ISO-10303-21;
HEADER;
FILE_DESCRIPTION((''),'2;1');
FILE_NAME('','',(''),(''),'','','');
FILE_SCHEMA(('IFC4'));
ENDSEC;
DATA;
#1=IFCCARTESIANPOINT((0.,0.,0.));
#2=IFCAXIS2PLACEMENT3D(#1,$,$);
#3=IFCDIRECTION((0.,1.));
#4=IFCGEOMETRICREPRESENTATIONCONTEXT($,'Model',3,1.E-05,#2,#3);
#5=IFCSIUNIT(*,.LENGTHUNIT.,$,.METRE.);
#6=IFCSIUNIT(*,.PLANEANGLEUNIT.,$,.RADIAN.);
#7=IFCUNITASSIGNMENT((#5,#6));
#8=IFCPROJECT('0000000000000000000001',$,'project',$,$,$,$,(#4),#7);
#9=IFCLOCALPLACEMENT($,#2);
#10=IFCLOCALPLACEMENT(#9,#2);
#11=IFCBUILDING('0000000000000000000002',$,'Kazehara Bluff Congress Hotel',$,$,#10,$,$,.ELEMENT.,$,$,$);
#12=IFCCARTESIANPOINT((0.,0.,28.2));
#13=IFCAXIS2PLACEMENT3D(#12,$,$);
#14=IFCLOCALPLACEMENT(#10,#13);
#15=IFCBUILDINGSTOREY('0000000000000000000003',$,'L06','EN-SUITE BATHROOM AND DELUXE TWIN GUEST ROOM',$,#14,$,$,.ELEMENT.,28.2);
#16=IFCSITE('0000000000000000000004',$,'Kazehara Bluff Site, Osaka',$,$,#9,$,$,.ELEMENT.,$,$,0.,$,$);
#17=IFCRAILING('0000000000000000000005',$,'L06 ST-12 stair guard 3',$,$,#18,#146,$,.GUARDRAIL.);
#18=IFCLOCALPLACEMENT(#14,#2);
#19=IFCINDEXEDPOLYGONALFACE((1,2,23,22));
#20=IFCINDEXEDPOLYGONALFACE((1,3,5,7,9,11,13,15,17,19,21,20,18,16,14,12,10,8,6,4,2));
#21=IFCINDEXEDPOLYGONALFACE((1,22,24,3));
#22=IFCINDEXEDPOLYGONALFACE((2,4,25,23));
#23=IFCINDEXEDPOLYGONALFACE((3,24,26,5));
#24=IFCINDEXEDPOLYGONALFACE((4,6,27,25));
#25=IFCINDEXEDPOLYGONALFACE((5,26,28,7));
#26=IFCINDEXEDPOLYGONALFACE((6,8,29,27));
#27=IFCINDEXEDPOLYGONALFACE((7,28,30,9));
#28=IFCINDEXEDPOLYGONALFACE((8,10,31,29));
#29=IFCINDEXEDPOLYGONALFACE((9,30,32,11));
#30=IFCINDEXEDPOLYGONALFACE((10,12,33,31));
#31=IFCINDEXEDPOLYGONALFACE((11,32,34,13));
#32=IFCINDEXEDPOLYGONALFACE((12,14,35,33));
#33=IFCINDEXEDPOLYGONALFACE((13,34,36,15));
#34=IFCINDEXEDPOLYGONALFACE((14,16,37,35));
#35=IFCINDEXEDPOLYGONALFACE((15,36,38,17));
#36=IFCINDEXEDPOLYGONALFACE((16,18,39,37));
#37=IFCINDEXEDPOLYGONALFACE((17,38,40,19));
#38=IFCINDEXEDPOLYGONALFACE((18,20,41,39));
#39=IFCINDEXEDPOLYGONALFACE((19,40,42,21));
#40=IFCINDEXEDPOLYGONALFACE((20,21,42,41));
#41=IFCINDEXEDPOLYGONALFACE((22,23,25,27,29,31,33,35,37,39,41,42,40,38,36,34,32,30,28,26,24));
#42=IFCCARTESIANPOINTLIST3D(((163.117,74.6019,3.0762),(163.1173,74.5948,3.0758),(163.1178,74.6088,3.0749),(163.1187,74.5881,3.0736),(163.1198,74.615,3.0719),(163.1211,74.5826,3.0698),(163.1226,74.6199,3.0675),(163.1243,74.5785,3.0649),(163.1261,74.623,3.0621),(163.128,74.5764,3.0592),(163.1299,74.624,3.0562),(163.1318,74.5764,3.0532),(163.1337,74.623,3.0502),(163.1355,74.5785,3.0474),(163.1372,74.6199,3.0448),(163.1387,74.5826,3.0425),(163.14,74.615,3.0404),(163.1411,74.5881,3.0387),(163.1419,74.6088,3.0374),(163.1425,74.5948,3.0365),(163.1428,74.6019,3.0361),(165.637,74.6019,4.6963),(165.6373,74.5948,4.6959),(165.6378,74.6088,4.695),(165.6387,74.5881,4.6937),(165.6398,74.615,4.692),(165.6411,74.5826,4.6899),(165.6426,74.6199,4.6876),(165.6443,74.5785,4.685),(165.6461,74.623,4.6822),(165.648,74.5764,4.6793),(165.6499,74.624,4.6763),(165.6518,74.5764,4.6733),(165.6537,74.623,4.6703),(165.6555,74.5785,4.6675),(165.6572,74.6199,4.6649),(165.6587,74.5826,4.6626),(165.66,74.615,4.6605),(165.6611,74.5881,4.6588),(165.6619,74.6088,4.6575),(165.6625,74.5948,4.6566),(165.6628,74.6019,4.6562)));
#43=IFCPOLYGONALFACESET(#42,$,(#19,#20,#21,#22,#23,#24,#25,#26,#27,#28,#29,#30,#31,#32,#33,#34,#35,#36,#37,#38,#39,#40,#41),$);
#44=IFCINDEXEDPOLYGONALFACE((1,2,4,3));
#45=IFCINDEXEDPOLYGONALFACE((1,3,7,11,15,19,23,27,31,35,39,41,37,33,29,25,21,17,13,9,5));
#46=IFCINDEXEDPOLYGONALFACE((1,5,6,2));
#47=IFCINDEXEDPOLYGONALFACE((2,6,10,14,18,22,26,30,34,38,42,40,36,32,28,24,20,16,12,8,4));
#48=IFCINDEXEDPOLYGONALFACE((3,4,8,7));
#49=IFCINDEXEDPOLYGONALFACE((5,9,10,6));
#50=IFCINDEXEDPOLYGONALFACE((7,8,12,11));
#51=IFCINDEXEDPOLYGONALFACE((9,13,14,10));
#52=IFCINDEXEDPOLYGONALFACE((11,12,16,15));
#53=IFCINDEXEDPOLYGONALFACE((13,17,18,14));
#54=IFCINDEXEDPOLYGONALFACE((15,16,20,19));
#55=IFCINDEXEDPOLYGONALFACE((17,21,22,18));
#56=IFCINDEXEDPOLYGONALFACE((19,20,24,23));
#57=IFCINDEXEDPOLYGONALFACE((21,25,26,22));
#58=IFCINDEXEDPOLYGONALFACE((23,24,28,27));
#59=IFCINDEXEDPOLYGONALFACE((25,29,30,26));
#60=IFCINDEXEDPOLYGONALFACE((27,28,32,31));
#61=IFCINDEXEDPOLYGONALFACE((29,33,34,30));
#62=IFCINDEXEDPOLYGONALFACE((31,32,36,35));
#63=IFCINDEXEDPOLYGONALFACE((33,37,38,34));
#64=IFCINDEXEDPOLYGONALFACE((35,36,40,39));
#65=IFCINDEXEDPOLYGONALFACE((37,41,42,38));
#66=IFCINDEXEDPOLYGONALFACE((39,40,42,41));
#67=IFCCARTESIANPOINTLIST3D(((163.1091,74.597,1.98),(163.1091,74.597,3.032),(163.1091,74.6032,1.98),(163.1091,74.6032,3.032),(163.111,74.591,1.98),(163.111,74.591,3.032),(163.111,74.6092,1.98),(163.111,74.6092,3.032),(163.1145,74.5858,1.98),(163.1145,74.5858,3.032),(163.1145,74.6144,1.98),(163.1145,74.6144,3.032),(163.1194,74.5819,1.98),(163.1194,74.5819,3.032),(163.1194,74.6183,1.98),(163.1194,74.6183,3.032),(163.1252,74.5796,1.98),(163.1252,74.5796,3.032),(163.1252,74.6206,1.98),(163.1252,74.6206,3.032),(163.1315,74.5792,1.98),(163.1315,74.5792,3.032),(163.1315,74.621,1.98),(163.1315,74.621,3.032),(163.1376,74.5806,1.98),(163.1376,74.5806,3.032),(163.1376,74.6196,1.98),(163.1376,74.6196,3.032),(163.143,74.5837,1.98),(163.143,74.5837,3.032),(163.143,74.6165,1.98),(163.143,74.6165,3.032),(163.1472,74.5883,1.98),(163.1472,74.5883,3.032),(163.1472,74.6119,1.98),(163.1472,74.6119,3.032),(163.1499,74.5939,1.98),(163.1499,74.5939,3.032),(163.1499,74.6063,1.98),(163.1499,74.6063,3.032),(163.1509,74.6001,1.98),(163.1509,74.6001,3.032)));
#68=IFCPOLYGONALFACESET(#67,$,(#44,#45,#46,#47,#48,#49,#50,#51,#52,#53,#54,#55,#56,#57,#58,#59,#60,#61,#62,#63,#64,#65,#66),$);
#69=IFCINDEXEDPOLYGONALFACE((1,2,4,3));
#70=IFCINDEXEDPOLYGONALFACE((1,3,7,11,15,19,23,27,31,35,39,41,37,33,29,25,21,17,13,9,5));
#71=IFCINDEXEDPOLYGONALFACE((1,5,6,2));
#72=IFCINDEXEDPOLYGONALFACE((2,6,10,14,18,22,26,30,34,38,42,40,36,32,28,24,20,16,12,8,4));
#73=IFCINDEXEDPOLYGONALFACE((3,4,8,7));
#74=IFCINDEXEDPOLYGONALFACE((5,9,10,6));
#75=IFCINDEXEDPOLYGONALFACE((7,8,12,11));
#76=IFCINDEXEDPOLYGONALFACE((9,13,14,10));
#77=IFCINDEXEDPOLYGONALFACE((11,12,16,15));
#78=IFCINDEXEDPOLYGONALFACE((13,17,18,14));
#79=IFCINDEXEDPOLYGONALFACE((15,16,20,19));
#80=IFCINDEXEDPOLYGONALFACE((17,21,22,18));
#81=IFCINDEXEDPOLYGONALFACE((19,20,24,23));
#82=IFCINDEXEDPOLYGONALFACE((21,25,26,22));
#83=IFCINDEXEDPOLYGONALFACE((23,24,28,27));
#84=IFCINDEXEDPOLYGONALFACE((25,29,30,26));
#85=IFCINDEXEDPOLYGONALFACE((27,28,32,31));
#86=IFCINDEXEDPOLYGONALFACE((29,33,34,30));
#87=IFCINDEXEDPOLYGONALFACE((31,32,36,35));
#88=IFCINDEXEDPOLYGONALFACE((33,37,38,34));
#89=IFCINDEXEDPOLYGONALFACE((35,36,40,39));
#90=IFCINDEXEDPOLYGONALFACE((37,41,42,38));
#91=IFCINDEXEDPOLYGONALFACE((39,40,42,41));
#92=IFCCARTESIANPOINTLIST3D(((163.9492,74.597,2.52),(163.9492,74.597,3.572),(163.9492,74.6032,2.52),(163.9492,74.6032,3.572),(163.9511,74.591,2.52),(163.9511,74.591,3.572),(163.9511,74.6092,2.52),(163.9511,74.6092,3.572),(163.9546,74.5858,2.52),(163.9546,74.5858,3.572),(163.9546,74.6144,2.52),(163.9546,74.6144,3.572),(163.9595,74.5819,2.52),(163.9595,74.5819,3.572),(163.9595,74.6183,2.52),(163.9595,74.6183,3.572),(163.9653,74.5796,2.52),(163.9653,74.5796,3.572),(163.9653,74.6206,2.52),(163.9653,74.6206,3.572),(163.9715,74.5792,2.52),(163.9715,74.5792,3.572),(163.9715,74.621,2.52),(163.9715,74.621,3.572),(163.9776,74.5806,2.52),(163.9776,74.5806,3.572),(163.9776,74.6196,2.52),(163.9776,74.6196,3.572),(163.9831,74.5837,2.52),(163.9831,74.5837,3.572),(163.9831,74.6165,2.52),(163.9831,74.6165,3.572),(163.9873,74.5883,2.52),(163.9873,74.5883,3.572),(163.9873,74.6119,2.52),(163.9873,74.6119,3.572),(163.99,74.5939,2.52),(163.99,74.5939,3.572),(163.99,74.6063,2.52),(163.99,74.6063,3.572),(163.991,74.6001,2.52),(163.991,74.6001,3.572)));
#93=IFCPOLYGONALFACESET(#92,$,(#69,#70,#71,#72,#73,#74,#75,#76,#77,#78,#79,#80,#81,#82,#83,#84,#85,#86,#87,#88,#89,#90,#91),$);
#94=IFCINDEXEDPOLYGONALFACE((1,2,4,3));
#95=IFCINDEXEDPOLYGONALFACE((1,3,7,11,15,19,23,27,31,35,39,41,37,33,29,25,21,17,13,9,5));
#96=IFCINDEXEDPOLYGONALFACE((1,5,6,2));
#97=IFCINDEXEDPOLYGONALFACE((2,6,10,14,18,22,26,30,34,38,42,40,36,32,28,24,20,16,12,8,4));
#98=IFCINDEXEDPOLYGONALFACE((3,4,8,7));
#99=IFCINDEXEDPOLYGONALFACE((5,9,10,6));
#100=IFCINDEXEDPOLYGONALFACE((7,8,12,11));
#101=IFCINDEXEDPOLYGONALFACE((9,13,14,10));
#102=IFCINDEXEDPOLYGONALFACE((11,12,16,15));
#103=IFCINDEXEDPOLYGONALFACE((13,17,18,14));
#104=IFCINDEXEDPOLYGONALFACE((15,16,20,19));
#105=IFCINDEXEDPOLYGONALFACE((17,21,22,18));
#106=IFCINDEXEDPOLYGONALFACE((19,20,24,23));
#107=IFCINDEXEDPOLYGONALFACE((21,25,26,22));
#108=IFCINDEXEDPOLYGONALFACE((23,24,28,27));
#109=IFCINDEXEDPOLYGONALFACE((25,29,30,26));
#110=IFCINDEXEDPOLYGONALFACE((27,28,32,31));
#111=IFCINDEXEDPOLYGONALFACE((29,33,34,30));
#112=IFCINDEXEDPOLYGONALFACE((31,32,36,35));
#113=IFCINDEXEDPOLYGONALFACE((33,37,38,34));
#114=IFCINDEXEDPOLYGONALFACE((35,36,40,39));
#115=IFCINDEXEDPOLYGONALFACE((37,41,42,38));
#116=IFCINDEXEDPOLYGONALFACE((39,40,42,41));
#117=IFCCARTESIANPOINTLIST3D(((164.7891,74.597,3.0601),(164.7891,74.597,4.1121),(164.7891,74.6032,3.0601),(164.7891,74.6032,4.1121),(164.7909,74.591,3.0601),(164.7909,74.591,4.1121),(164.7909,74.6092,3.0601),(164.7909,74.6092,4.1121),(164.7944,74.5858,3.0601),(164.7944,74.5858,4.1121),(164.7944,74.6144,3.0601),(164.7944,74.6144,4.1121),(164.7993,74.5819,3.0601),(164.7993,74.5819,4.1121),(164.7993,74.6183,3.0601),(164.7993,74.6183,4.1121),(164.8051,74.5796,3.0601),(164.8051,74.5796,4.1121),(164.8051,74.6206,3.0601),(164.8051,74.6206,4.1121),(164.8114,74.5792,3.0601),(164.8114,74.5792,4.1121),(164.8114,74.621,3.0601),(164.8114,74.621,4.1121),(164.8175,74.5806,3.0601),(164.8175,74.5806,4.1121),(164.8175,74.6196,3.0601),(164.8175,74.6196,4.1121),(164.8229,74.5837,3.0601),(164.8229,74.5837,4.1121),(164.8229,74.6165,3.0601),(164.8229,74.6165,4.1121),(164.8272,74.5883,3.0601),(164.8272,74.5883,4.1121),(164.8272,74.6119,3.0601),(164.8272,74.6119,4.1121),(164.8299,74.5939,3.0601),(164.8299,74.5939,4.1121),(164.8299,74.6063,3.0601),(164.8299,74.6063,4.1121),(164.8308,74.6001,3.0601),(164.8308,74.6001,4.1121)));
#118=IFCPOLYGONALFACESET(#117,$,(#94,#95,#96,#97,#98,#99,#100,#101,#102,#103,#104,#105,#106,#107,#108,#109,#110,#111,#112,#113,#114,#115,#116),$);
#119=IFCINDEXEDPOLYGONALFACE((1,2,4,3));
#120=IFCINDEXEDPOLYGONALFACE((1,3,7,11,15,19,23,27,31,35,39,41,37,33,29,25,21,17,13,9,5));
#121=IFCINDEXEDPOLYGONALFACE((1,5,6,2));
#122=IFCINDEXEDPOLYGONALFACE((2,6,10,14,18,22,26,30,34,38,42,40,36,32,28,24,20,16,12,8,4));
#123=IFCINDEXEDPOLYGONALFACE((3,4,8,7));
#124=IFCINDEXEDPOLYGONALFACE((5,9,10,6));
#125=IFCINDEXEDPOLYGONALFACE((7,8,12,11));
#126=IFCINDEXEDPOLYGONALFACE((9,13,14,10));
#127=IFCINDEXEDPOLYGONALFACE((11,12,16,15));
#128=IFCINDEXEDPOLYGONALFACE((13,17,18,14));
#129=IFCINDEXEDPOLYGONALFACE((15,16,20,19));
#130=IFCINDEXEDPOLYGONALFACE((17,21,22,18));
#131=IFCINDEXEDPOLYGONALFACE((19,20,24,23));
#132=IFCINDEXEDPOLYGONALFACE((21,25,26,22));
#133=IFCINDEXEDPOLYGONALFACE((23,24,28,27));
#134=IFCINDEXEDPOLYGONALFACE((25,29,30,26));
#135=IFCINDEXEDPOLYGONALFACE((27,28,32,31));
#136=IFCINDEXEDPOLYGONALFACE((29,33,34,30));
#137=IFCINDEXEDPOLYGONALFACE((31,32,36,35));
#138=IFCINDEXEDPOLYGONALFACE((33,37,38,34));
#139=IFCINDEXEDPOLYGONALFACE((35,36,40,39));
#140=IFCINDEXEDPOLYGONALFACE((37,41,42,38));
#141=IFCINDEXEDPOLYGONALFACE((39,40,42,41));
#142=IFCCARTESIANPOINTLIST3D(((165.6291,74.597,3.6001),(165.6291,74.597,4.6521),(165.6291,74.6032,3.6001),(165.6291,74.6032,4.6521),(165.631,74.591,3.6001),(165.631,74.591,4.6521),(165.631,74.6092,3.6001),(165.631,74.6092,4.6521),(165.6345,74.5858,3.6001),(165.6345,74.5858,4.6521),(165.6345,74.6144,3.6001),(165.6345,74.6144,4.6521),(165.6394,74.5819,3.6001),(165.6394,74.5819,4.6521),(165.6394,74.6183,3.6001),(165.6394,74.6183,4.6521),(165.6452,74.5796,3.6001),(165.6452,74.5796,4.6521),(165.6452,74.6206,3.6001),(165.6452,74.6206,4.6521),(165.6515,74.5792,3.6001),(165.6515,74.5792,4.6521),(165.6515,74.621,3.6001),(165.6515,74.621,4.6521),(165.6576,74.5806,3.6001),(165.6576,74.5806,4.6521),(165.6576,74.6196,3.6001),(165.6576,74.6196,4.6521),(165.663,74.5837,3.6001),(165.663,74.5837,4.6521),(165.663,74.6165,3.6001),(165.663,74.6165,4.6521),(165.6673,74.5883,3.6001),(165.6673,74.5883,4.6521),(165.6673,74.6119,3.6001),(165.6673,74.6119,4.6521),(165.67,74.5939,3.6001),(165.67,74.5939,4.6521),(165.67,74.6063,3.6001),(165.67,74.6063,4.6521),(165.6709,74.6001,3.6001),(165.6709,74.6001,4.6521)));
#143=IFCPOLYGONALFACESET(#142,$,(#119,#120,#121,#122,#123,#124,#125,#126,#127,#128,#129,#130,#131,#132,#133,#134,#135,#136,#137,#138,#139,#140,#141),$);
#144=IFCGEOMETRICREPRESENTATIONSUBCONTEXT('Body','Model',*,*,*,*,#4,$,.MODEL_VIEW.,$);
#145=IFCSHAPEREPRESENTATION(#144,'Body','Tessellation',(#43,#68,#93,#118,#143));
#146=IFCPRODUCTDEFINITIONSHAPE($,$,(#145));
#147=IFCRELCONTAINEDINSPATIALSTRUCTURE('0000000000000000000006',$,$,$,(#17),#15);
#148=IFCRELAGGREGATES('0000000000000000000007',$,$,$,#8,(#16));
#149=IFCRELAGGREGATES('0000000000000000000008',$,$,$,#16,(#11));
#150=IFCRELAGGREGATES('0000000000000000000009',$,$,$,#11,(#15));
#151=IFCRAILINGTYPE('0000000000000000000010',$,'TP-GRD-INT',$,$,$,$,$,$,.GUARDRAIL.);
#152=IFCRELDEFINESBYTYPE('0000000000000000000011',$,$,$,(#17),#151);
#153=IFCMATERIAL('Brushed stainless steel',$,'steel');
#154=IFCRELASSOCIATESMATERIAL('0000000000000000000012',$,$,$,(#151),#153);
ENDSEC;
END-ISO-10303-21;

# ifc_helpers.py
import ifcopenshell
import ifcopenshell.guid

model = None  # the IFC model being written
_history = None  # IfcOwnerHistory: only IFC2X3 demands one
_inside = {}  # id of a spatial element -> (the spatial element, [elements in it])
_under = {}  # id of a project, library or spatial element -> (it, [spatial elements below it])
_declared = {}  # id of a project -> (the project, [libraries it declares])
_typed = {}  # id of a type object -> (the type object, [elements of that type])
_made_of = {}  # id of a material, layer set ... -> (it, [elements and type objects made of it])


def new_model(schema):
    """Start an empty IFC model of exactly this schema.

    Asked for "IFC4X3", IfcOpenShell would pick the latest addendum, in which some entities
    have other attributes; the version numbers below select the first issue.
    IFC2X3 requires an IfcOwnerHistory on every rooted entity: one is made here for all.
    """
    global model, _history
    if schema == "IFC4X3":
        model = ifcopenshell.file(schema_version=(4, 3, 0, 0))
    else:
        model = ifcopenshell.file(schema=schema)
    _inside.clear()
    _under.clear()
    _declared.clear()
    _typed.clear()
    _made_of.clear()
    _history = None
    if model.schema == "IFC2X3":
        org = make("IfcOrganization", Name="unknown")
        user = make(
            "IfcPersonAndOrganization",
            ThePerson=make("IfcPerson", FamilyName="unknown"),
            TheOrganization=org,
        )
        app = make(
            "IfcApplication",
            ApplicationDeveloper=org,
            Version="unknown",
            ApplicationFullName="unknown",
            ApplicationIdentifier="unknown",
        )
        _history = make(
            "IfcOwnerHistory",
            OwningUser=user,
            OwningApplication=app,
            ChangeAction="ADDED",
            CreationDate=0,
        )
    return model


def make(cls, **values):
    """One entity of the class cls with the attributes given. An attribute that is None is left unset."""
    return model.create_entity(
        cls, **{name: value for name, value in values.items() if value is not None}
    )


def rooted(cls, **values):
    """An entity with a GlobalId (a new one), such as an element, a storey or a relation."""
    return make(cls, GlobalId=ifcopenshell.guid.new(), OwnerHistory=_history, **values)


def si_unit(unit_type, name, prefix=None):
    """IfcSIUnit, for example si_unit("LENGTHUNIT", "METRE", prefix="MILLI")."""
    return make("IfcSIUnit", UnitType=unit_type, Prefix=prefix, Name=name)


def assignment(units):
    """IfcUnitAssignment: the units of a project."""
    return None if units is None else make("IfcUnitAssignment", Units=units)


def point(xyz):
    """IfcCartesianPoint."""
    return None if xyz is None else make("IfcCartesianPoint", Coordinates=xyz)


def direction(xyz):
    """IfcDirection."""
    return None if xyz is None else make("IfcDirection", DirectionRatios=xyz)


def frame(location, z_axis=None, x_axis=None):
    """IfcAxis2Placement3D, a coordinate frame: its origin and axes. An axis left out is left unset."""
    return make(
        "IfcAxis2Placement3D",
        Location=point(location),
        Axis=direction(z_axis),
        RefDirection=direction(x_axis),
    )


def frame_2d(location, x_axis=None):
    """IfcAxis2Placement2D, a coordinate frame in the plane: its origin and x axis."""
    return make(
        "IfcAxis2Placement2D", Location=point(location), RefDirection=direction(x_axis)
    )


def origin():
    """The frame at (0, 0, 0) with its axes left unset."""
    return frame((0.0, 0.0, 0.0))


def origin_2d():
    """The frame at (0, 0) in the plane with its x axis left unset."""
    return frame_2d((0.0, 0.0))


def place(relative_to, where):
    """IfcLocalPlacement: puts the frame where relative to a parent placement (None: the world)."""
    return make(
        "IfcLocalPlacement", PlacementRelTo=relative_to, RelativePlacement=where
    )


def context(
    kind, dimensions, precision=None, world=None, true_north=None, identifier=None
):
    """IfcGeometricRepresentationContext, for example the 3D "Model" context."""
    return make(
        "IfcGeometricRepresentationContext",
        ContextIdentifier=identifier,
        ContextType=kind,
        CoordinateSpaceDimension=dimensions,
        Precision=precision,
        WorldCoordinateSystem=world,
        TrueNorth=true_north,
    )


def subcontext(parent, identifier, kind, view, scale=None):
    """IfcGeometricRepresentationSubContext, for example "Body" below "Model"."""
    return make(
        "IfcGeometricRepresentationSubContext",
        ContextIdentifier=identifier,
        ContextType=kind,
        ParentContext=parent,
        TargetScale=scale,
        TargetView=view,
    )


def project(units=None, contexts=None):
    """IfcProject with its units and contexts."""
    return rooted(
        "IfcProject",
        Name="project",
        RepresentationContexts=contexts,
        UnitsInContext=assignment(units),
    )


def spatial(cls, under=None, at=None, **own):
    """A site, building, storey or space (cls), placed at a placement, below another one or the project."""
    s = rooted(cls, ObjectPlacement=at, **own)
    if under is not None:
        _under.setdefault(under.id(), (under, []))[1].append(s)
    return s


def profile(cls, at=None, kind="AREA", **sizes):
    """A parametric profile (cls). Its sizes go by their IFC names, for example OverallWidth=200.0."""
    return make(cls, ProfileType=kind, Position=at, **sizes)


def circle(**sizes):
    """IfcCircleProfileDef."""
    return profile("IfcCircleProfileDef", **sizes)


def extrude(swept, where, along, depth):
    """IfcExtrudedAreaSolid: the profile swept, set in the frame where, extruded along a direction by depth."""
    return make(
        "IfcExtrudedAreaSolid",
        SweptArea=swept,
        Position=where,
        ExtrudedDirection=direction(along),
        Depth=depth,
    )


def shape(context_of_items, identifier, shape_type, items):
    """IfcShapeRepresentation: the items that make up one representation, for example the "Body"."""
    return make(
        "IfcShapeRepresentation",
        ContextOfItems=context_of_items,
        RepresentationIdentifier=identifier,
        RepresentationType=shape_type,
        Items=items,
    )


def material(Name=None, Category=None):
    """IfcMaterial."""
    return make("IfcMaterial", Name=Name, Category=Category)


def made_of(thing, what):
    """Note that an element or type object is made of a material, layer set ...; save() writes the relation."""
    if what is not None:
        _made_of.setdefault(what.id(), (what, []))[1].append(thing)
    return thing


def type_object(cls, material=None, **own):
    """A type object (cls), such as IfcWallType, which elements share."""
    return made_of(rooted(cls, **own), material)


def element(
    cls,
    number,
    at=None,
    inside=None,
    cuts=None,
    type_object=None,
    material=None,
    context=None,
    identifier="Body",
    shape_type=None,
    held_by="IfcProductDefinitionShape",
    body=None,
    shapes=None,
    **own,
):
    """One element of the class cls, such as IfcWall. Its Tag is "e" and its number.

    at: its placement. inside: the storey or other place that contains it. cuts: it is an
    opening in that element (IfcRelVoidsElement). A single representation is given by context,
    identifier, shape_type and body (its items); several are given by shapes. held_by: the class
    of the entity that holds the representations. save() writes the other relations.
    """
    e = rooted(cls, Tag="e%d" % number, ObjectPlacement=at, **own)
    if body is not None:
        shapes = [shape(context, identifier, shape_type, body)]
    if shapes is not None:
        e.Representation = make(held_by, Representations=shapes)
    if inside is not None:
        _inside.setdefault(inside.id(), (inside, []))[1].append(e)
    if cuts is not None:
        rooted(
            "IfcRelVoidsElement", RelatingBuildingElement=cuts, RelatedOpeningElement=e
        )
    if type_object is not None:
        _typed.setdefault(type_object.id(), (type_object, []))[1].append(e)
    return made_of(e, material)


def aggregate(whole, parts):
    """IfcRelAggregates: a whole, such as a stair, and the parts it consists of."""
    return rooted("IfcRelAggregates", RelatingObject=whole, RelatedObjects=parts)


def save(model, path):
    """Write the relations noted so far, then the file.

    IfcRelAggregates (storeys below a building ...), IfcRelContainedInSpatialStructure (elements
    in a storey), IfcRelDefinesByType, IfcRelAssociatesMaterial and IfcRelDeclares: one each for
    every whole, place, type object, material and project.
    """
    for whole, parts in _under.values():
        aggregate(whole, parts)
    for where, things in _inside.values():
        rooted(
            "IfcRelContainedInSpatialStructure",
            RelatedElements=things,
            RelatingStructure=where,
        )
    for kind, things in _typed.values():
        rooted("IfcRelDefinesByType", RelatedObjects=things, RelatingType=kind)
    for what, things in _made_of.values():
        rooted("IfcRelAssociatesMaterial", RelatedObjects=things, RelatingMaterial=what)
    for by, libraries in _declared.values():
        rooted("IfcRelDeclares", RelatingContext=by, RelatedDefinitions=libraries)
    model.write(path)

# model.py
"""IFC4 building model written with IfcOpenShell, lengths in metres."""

from ifc_helpers import new_model, si_unit, direction, frame, origin, origin_2d, place, context, subcontext, project, spatial, circle, extrude, material, type_object, element, save


model = new_model("IFC4")

# Units and contexts
model_context = context("Model", 3, precision=1e-05, world=origin(), true_north=direction((0.0, 1.0)))
body_context = subcontext(model_context, "Body", "Model", "MODEL_VIEW")
ifc_project = project(units=[si_unit("LENGTHUNIT", "METRE"), si_unit("PLANEANGLEUNIT", "RADIAN")], contexts=[model_context])

# Site, building, storey
site_placement = place(None, origin())
site = spatial("IfcSite", under=ifc_project, at=site_placement, Name="Kazehara Bluff Site, Osaka", CompositionType="ELEMENT", RefElevation=0.0)
building_placement = place(site_placement, origin())
building = spatial("IfcBuilding", under=site, at=building_placement, Name="Kazehara Bluff Congress Hotel", CompositionType="ELEMENT")
storey_placement = place(building_placement, frame((0.0, 0.0, 28.2)))
storey = spatial("IfcBuildingStorey", under=building, at=storey_placement, Name="L06", Description="EN-SUITE BATHROOM AND DELUXE TWIN GUEST ROOM", CompositionType="ELEMENT", Elevation=28.2)

# Railing
ifc_material_1 = material(Name="Brushed stainless steel", Category="steel")
railing_type_1 = type_object("IfcRailingType", Name="TP-GRD-INT", PredefinedType="GUARDRAIL", material=ifc_material_1)
railing_1_placement = place(storey_placement, frame((163.1299, 74.6001, 1.98)))
element("IfcRailing", 1, at=railing_1_placement, inside=storey, type_object=railing_type_1, Name="L06 ST-12 stair guard 3", PredefinedType="GUARDRAIL", context=body_context, shape_type="SweptSolid", body=[
    extrude(circle(Radius=0.0239, at=origin_2d()), frame((0.0, 0.0, 1.0762), z_axis=(0.841163, 0.0, 0.540782), x_axis=(0.0, 1.0, 0.0)), (0.0, 0.0, 1.0), 2.9958),
    extrude(circle(Radius=0.021, at=origin_2d()), origin(), (0.0, 0.0, 1.0), 1.052),
    extrude(circle(Radius=0.021, at=origin_2d()), frame((0.8401, 0.0, 0.54)), (0.0, 0.0, 1.0), 1.052),
    extrude(circle(Radius=0.021, at=origin_2d()), frame((1.6799, 0.0, 1.0801)), (0.0, 0.0, 1.0), 1.052),
    extrude(circle(Radius=0.021, at=origin_2d()), frame((2.52, 0.0, 1.6201)), (0.0, 0.0, 1.0), 1.052),
])

save(model, "model.ifc")
